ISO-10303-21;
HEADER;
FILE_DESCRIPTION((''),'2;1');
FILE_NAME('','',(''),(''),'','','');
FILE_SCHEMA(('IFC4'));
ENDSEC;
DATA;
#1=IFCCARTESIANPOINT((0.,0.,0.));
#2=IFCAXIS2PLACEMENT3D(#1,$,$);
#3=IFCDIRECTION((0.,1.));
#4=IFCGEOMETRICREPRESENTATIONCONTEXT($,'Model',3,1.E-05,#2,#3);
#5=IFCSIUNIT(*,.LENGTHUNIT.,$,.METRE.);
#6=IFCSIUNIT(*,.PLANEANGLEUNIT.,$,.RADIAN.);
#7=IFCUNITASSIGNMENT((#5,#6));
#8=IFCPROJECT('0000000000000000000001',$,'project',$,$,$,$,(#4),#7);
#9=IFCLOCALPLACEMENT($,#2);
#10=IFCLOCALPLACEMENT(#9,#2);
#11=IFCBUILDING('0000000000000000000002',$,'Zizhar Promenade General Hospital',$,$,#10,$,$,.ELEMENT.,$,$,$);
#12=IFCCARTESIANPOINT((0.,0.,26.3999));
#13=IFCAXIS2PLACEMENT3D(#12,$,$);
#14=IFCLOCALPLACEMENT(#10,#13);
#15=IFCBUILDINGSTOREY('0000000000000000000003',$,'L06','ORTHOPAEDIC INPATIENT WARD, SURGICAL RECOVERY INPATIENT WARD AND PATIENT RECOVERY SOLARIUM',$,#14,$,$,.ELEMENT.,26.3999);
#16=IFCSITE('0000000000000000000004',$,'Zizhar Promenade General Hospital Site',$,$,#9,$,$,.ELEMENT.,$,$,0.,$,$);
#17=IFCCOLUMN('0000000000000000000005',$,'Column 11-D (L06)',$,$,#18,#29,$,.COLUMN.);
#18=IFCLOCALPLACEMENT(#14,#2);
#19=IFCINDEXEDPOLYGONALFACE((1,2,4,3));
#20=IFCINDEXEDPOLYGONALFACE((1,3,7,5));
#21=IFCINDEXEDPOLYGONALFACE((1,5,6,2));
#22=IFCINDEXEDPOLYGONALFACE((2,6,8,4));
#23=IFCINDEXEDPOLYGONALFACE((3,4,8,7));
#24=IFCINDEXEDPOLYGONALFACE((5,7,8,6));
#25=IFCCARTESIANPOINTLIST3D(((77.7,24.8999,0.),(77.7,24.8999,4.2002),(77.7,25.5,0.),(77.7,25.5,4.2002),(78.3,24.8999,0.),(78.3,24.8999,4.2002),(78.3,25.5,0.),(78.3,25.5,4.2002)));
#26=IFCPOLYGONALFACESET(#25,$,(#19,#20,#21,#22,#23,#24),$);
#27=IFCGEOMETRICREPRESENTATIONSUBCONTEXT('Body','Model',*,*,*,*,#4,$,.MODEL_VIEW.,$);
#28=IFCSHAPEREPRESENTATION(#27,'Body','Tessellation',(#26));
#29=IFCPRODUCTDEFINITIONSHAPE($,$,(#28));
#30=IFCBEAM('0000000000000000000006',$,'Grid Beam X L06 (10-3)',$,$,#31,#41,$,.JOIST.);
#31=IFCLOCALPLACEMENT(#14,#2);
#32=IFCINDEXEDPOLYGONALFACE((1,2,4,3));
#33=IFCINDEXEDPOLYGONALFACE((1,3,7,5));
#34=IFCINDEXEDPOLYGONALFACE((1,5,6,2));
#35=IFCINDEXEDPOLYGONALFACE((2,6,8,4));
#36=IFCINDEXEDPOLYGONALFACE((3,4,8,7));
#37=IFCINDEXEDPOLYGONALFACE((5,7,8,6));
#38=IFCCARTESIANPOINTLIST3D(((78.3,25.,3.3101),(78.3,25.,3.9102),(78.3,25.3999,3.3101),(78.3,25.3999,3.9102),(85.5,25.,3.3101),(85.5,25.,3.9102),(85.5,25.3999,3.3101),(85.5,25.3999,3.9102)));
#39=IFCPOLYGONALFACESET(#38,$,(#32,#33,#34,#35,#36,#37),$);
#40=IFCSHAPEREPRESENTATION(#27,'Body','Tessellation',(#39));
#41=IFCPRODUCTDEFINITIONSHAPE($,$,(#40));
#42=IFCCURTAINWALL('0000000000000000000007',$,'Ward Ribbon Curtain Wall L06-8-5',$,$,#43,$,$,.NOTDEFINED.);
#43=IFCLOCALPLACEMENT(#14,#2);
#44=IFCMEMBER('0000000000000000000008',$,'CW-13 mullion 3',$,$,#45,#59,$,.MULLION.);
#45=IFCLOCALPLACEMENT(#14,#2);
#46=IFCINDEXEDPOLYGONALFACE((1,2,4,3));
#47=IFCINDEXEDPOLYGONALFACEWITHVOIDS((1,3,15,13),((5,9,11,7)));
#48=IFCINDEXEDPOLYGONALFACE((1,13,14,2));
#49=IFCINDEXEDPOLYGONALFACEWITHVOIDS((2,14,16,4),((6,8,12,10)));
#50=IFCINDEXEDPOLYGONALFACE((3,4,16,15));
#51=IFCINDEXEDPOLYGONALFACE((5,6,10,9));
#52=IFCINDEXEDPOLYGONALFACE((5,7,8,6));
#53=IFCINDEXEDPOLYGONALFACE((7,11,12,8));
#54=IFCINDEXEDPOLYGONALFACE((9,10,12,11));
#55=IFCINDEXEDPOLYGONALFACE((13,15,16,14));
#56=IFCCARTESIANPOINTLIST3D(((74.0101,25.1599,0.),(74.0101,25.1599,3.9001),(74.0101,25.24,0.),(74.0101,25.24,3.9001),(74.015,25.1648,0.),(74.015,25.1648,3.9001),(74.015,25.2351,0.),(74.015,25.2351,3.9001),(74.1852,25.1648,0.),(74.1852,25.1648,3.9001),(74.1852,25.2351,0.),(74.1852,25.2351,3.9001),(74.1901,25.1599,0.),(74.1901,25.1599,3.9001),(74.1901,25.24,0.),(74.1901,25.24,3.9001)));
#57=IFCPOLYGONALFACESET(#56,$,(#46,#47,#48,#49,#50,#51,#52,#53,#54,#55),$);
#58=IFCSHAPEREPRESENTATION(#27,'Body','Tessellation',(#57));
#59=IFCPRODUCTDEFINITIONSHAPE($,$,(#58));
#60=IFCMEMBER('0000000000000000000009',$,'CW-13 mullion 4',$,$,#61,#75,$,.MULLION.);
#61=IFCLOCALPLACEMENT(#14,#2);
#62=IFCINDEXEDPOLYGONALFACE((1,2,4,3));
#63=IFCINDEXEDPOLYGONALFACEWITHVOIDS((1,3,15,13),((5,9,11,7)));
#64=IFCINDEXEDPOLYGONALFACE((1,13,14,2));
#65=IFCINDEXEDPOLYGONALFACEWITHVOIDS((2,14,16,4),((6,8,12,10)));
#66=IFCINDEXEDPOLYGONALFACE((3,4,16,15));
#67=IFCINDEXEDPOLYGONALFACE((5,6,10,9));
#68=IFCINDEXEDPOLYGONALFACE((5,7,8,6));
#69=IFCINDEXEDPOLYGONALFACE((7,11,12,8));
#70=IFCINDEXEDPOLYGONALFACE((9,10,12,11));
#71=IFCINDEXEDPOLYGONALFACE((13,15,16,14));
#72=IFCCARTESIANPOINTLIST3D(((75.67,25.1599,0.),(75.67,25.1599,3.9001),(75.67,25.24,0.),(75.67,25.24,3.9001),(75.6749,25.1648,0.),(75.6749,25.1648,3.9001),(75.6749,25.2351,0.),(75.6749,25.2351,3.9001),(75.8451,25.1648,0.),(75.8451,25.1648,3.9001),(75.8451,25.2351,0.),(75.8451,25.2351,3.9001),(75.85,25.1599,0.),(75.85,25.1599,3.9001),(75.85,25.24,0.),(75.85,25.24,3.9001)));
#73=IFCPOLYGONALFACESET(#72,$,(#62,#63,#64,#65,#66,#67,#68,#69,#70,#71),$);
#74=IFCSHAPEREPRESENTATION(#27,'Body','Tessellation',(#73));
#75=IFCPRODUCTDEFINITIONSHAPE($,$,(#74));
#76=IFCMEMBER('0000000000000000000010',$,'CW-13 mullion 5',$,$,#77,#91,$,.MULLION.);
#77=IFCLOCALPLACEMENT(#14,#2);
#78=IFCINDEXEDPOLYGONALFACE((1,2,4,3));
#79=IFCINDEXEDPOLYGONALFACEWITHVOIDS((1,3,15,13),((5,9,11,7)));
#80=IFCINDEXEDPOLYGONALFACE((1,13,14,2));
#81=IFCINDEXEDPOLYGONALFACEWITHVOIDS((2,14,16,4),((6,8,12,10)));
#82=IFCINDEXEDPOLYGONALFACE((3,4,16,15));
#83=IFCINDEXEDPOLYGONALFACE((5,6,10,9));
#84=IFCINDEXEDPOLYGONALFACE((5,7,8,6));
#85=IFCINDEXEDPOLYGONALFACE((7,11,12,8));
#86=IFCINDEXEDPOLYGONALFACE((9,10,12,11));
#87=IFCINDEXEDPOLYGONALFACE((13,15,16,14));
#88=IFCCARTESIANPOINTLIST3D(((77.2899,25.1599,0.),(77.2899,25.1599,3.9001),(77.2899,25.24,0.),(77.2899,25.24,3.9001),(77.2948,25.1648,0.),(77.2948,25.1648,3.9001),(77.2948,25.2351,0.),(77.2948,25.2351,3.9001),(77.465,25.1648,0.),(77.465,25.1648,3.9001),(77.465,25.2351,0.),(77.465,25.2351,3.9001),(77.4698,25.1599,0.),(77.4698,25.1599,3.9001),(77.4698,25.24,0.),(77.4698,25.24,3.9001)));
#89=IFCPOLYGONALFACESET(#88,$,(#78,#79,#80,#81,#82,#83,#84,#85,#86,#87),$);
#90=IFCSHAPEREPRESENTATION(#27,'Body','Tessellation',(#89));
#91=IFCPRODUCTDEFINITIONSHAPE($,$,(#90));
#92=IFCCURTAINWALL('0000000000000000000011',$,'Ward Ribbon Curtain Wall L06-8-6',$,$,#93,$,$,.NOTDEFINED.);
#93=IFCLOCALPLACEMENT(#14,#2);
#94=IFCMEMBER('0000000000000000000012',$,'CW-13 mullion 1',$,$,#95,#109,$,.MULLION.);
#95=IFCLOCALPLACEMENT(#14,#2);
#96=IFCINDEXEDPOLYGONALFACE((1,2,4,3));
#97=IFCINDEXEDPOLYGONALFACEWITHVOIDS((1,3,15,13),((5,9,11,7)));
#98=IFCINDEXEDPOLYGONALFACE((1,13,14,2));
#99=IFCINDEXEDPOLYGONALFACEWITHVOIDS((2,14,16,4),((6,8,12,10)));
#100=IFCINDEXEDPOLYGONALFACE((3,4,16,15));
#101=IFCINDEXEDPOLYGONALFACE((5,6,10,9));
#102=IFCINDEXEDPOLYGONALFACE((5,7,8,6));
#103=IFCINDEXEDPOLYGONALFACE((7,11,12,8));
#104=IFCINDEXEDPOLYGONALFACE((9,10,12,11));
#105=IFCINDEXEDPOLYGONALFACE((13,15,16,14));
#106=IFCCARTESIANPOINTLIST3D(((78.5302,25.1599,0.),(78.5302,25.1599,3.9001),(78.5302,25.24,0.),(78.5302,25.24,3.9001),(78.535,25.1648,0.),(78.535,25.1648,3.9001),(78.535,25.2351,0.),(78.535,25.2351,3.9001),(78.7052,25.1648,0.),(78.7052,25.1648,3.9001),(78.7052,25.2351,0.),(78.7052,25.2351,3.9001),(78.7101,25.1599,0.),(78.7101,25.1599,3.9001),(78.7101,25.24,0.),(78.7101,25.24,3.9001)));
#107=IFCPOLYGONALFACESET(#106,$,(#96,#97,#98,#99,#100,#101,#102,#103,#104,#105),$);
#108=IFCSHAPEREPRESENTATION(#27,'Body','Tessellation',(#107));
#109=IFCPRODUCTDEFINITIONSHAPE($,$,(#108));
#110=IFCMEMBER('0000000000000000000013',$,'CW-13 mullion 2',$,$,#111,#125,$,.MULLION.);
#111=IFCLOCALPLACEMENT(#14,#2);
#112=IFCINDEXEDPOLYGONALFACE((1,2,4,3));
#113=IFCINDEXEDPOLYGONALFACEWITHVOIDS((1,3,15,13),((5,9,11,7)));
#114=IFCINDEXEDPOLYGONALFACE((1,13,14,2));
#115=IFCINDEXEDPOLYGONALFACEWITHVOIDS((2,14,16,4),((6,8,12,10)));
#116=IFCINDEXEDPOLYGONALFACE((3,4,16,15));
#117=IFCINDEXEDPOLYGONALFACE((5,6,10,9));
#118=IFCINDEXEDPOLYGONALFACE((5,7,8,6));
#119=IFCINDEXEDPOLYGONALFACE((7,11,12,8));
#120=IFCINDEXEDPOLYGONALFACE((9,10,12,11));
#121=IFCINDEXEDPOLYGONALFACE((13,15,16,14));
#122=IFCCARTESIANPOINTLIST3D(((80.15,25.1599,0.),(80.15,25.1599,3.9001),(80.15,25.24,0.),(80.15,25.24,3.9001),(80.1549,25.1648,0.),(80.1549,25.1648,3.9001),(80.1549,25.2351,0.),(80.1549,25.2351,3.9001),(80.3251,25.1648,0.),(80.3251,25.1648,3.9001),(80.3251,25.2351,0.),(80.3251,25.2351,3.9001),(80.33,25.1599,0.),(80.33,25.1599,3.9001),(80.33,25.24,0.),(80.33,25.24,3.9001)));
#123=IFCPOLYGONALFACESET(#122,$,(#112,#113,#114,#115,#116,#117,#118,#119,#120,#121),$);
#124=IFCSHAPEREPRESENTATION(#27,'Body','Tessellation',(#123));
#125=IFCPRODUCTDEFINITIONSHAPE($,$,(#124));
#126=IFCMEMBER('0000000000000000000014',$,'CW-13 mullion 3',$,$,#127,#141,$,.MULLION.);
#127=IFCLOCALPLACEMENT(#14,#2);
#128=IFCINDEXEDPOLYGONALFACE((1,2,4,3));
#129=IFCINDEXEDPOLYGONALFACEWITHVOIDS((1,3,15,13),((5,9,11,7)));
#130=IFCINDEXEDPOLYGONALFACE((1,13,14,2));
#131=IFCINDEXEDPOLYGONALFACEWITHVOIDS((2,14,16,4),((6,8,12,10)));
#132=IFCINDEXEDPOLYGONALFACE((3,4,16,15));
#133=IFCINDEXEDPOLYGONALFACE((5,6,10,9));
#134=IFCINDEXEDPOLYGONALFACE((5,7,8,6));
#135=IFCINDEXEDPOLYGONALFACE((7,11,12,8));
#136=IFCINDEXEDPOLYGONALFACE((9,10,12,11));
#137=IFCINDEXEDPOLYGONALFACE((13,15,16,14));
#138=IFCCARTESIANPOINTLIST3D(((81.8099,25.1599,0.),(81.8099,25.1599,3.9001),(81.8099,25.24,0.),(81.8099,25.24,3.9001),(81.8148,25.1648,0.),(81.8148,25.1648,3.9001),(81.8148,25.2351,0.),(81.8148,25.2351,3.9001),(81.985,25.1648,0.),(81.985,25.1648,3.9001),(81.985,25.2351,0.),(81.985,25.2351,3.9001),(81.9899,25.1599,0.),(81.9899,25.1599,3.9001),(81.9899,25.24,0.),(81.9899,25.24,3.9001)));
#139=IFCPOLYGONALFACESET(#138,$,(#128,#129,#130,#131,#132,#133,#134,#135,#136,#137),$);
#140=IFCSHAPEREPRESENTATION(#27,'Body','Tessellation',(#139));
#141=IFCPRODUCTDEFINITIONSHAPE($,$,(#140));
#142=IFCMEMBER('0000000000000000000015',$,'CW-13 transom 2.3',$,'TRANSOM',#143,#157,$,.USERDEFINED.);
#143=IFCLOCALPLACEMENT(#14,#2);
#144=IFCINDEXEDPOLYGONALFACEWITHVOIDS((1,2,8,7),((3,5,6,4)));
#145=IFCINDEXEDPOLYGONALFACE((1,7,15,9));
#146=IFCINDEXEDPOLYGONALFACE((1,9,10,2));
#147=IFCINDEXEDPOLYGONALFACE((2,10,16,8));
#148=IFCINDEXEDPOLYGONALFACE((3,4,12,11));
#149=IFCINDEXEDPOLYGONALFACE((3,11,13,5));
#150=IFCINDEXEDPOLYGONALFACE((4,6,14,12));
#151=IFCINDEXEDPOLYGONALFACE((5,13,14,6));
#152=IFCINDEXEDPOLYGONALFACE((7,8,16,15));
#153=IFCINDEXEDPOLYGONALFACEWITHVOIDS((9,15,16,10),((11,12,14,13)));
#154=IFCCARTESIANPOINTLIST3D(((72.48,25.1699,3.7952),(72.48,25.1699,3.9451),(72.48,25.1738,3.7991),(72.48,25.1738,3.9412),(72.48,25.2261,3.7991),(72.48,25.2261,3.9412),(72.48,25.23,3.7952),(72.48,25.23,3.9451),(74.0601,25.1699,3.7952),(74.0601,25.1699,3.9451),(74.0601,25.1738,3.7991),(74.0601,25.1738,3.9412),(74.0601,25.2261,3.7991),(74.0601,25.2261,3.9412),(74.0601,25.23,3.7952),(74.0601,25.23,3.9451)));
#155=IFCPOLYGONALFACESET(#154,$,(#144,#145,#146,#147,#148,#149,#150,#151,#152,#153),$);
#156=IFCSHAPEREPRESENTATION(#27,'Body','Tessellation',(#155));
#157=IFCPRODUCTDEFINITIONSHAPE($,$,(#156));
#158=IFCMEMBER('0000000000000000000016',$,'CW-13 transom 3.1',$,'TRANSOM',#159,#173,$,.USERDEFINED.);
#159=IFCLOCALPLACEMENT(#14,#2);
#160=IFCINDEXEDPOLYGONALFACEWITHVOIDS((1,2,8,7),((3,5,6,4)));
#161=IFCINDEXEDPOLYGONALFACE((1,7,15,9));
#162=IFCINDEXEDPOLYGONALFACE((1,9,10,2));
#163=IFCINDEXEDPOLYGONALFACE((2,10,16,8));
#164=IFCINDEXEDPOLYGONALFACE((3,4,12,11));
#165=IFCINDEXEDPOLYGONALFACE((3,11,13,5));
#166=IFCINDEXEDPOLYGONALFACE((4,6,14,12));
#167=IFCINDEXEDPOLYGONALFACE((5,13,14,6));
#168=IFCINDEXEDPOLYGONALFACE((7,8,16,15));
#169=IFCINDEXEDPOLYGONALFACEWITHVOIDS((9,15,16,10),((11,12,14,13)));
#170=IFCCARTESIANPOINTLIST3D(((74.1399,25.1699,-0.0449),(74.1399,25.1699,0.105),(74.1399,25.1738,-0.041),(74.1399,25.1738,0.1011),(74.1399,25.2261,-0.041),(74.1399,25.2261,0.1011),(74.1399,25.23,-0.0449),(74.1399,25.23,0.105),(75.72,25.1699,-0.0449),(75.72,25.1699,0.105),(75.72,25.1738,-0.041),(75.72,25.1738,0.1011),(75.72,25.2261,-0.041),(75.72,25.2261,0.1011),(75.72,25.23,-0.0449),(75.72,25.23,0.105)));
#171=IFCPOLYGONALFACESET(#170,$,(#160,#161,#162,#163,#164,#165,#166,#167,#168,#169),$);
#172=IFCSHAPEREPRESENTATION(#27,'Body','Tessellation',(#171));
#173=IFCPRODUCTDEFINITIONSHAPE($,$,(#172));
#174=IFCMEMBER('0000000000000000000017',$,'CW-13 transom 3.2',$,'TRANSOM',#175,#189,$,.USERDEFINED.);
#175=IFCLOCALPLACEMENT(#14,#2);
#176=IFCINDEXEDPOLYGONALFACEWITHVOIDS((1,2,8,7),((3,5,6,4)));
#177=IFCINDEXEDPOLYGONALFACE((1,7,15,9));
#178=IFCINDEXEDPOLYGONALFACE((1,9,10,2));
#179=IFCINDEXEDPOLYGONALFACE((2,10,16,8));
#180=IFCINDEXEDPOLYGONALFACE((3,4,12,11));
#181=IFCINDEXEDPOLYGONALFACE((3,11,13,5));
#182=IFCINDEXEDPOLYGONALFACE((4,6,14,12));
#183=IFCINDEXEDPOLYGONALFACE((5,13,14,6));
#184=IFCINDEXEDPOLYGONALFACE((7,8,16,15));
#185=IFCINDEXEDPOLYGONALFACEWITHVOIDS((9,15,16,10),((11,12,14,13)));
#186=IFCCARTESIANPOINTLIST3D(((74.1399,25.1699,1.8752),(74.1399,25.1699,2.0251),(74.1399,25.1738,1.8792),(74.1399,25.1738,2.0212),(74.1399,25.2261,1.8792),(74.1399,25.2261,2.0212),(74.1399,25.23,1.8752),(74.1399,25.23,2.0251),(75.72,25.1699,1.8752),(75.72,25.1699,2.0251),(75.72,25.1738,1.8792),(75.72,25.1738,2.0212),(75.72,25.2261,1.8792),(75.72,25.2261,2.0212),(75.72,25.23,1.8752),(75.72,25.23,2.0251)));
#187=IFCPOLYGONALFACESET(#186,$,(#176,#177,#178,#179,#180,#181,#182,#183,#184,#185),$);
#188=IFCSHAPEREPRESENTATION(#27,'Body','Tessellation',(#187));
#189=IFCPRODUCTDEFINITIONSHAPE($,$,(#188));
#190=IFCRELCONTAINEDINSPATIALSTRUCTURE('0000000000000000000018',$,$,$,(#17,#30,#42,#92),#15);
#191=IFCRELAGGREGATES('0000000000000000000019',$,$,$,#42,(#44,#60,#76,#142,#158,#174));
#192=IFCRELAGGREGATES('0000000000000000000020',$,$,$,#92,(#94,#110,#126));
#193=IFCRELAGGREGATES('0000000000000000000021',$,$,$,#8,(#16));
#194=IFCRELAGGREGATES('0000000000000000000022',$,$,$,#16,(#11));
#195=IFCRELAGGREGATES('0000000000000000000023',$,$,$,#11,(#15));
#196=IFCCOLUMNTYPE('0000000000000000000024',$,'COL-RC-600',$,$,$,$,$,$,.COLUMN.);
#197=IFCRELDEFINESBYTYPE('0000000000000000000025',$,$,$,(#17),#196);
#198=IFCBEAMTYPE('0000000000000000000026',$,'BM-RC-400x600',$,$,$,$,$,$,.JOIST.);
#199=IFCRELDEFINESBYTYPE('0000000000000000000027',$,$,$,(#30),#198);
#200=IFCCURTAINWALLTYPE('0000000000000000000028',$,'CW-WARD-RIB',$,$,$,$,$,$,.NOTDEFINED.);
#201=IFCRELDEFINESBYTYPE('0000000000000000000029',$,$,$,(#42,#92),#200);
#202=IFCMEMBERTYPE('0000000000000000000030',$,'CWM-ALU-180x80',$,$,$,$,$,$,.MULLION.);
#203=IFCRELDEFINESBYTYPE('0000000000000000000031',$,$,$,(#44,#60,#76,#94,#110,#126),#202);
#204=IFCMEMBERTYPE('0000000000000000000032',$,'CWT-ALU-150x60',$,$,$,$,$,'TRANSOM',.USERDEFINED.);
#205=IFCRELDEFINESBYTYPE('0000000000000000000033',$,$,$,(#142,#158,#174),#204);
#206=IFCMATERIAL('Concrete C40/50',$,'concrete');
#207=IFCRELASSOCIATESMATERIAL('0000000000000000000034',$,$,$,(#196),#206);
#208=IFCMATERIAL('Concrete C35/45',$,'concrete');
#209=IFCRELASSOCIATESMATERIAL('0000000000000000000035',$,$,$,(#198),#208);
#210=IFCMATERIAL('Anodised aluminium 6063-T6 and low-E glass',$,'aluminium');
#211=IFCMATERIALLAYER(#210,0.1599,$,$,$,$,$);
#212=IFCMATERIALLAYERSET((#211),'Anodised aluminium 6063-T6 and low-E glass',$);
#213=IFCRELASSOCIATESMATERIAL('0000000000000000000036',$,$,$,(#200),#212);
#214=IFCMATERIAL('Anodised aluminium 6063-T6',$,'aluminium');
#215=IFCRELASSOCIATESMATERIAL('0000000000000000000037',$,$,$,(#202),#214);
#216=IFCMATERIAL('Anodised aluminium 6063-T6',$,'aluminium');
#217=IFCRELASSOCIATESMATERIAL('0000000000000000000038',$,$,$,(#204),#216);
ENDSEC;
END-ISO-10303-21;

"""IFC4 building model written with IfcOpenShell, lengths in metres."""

from ifc_helpers import new_model, si_unit, direction, frame, origin, origin_2d, place, context, subcontext, project, spatial, rectangle, hollow_rectangle, extrude, material, layer, layer_set, material_profile, profile_set, type_object, element, aggregate, save


model = new_model("IFC4")

# Units and contexts
model_context = context("Model", 3, precision=1e-05, world=origin(), true_north=direction((0.0, 1.0)))
body_context = subcontext(model_context, "Body", "Model", "MODEL_VIEW")
ifc_project = project(units=[si_unit("LENGTHUNIT", "METRE"), si_unit("PLANEANGLEUNIT", "RADIAN")], contexts=[model_context])

# Site, building, storey
site_placement = place(None, origin())
site = spatial("IfcSite", under=ifc_project, at=site_placement, Name="Zizhar Promenade General Hospital Site", CompositionType="ELEMENT", RefElevation=0.0)
building_placement = place(site_placement, origin())
building = spatial("IfcBuilding", under=site, at=building_placement, Name="Zizhar Promenade General Hospital", CompositionType="ELEMENT")
storey_placement = place(building_placement, frame((0.0, 0.0, 26.3999)))
storey = spatial("IfcBuildingStorey", under=building, at=storey_placement, Name="L06", Description="ORTHOPAEDIC INPATIENT WARD, SURGICAL RECOVERY INPATIENT WARD AND PATIENT RECOVERY SOLARIUM", CompositionType="ELEMENT", Elevation=26.3999)

# Column
ifc_material_1 = material(Name="Concrete C40/50", Category="concrete")
ifc_material_profile_1 = material_profile(ifc_material_1, rectangle(XDim=0.6001, YDim=0.6001, at=origin_2d()))
ifc_profile_set_1 = profile_set([ifc_material_profile_1], Name="Concrete C40/50")
column_type = type_object("IfcColumnType", Name="COL-RC-600", PredefinedType="COLUMN", material=ifc_profile_set_1)
column_placement = place(storey_placement, frame((78.0, 25.2, 0.0), z_axis=(0.0, 0.0, 1.0), x_axis=(1.0, 0.0, 0.0)))
element("IfcColumn", 1, at=column_placement, inside=storey, type_object=column_type, Name="Column 11-D (L06)", PredefinedType="COLUMN", context=body_context, shape_type="SweptSolid", body=[
    extrude(rectangle(XDim=0.6001, YDim=0.6001, at=origin_2d()), origin(), (0.0, 0.0, 1.0), 4.2002),
])

# Beam
ifc_material_2 = material(Name="Concrete C35/45", Category="concrete")
ifc_material_profile_2 = material_profile(ifc_material_2, rectangle(XDim=0.3999, YDim=0.6001, at=origin_2d()))
ifc_profile_set_2 = profile_set([ifc_material_profile_2], Name="Concrete C35/45")
beam_type = type_object("IfcBeamType", Name="BM-RC-400x600", PredefinedType="JOIST", material=ifc_profile_set_2)
beam_placement = place(storey_placement, frame((78.3, 25.2, 3.6101), z_axis=(1.0, 0.0, 0.0), x_axis=(0.0, 1.0, 0.0)))
element("IfcBeam", 2, at=beam_placement, inside=storey, type_object=beam_type, Name="Grid Beam X L06 (10-3)", PredefinedType="JOIST", context=body_context, shape_type="SweptSolid", body=[
    extrude(rectangle(XDim=0.3999, YDim=0.6001, at=origin_2d()), origin(), (0.0, 0.0, 1.0), 7.2),
])

# Curtain walls, members
ifc_material_3 = material(Name="Anodised aluminium 6063-T6 and low-E glass", Category="aluminium")
ifc_layer_1 = layer(ifc_material_3, 0.1599)
ifc_layer_set_1 = layer_set([ifc_layer_1], Name="Anodised aluminium 6063-T6 and low-E glass")
curtain_wall_type = type_object("IfcCurtainWallType", Name="CW-WARD-RIB", PredefinedType="NOTDEFINED", material=ifc_layer_set_1)
curtain_wall_1_placement = place(storey_placement, origin())
curtain_wall_1 = element("IfcCurtainWall", 3, at=curtain_wall_1_placement, inside=storey, type_object=curtain_wall_type, Name="Ward Ribbon Curtain Wall L06-8-5", PredefinedType="NOTDEFINED")
ifc_material_4 = material(Name="Anodised aluminium 6063-T6", Category="aluminium")
ifc_material_profile_3 = material_profile(ifc_material_4, hollow_rectangle(XDim=0.0801, YDim=0.1799, WallThickness=0.0049, at=origin_2d()))
ifc_profile_set_3 = profile_set([ifc_material_profile_3], Name="Anodised aluminium 6063-T6")
member_type_1 = type_object("IfcMemberType", Name="CWM-ALU-180x80", PredefinedType="MULLION", material=ifc_profile_set_3)
member_1_placement = place(storey_placement, frame((74.1001, 25.2, 0.0), z_axis=(0.0, 0.0, 1.0), x_axis=(0.0, 1.0, 0.0)))
member_1 = element("IfcMember", 4, at=member_1_placement, type_object=member_type_1, Name="CW-13 mullion 3", PredefinedType="MULLION", context=body_context, shape_type="SweptSolid", body=[
    extrude(hollow_rectangle(XDim=0.0801, YDim=0.1799, WallThickness=0.0049, at=origin_2d()), origin(), (0.0, 0.0, 1.0), 3.9001),
])
member_2_placement = place(storey_placement, frame((75.76, 25.2, 0.0), z_axis=(0.0, 0.0, 1.0), x_axis=(0.0, 1.0, 0.0)))
member_2 = element("IfcMember", 5, at=member_2_placement, type_object=member_type_1, Name="CW-13 mullion 4", PredefinedType="MULLION", context=body_context, shape_type="SweptSolid", body=[
    extrude(hollow_rectangle(XDim=0.0801, YDim=0.1799, WallThickness=0.0049, at=origin_2d()), origin(), (0.0, 0.0, 1.0), 3.9001),
])
member_3_placement = place(storey_placement, frame((77.3799, 25.2, 0.0), z_axis=(0.0, 0.0, 1.0), x_axis=(0.0, 1.0, 0.0)))
member_3 = element("IfcMember", 6, at=member_3_placement, type_object=member_type_1, Name="CW-13 mullion 5", PredefinedType="MULLION", context=body_context, shape_type="SweptSolid", body=[
    extrude(hollow_rectangle(XDim=0.0801, YDim=0.1799, WallThickness=0.0049, at=origin_2d()), origin(), (0.0, 0.0, 1.0), 3.9001),
])
curtain_wall_2_placement = place(storey_placement, origin())
curtain_wall_2 = element("IfcCurtainWall", 7, at=curtain_wall_2_placement, inside=storey, type_object=curtain_wall_type, Name="Ward Ribbon Curtain Wall L06-8-6", PredefinedType="NOTDEFINED")
member_4_placement = place(storey_placement, frame((78.6201, 25.2, 0.0), z_axis=(0.0, 0.0, 1.0), x_axis=(0.0, 1.0, 0.0)))
member_4 = element("IfcMember", 8, at=member_4_placement, type_object=member_type_1, Name="CW-13 mullion 1", PredefinedType="MULLION", context=body_context, shape_type="SweptSolid", body=[
    extrude(hollow_rectangle(XDim=0.0801, YDim=0.1799, WallThickness=0.0049, at=origin_2d()), origin(), (0.0, 0.0, 1.0), 3.9001),
])
member_5_placement = place(storey_placement, frame((80.24, 25.2, 0.0), z_axis=(0.0, 0.0, 1.0), x_axis=(0.0, 1.0, 0.0)))
member_5 = element("IfcMember", 9, at=member_5_placement, type_object=member_type_1, Name="CW-13 mullion 2", PredefinedType="MULLION", context=body_context, shape_type="SweptSolid", body=[
    extrude(hollow_rectangle(XDim=0.0801, YDim=0.1799, WallThickness=0.0049, at=origin_2d()), origin(), (0.0, 0.0, 1.0), 3.9001),
])
member_6_placement = place(storey_placement, frame((81.8999, 25.2, 0.0), z_axis=(0.0, 0.0, 1.0), x_axis=(0.0, 1.0, 0.0)))
member_6 = element("IfcMember", 10, at=member_6_placement, type_object=member_type_1, Name="CW-13 mullion 3", PredefinedType="MULLION", context=body_context, shape_type="SweptSolid", body=[
    extrude(hollow_rectangle(XDim=0.0801, YDim=0.1799, WallThickness=0.0049, at=origin_2d()), origin(), (0.0, 0.0, 1.0), 3.9001),
])

# Members
ifc_material_5 = material(Name="Anodised aluminium 6063-T6", Category="aluminium")
ifc_material_profile_4 = material_profile(ifc_material_5, hollow_rectangle(XDim=0.0601, YDim=0.1499, WallThickness=0.0039, at=origin_2d()))
ifc_profile_set_4 = profile_set([ifc_material_profile_4], Name="Anodised aluminium 6063-T6")
member_type_2 = type_object("IfcMemberType", Name="CWT-ALU-150x60", ElementType="TRANSOM", PredefinedType="USERDEFINED", material=ifc_profile_set_4)
member_7_placement = place(storey_placement, frame((72.48, 25.2, 3.8701), z_axis=(1.0, 0.0, 0.0), x_axis=(0.0, 1.0, 0.0)))
member_7 = element("IfcMember", 11, at=member_7_placement, type_object=member_type_2, Name="CW-13 transom 2.3", ObjectType="TRANSOM", PredefinedType="USERDEFINED", context=body_context, shape_type="SweptSolid", body=[
    extrude(hollow_rectangle(XDim=0.0601, YDim=0.1499, WallThickness=0.0039, at=origin_2d()), origin(), (0.0, 0.0, 1.0), 1.5801),
])
member_8_placement = place(storey_placement, frame((74.1399, 25.2, 0.03), z_axis=(1.0, 0.0, 0.0), x_axis=(0.0, 1.0, 0.0)))
member_8 = element("IfcMember", 12, at=member_8_placement, type_object=member_type_2, Name="CW-13 transom 3.1", ObjectType="TRANSOM", PredefinedType="USERDEFINED", context=body_context, shape_type="SweptSolid", body=[
    extrude(hollow_rectangle(XDim=0.0601, YDim=0.1499, WallThickness=0.0039, at=origin_2d()), origin(), (0.0, 0.0, 1.0), 1.5801),
])
member_9_placement = place(storey_placement, frame((74.1399, 25.2, 1.9502), z_axis=(1.0, 0.0, 0.0), x_axis=(0.0, 1.0, 0.0)))
member_9 = element("IfcMember", 13, at=member_9_placement, type_object=member_type_2, Name="CW-13 transom 3.2", ObjectType="TRANSOM", PredefinedType="USERDEFINED", context=body_context, shape_type="SweptSolid", body=[
    extrude(hollow_rectangle(XDim=0.0601, YDim=0.1499, WallThickness=0.0039, at=origin_2d()), origin(), (0.0, 0.0, 1.0), 1.5801),
])

aggregate(curtain_wall_1, [member_1, member_2, member_3, member_7, member_8, member_9])
aggregate(curtain_wall_2, [member_4, member_5, member_6])

save(model, "model.ifc")
